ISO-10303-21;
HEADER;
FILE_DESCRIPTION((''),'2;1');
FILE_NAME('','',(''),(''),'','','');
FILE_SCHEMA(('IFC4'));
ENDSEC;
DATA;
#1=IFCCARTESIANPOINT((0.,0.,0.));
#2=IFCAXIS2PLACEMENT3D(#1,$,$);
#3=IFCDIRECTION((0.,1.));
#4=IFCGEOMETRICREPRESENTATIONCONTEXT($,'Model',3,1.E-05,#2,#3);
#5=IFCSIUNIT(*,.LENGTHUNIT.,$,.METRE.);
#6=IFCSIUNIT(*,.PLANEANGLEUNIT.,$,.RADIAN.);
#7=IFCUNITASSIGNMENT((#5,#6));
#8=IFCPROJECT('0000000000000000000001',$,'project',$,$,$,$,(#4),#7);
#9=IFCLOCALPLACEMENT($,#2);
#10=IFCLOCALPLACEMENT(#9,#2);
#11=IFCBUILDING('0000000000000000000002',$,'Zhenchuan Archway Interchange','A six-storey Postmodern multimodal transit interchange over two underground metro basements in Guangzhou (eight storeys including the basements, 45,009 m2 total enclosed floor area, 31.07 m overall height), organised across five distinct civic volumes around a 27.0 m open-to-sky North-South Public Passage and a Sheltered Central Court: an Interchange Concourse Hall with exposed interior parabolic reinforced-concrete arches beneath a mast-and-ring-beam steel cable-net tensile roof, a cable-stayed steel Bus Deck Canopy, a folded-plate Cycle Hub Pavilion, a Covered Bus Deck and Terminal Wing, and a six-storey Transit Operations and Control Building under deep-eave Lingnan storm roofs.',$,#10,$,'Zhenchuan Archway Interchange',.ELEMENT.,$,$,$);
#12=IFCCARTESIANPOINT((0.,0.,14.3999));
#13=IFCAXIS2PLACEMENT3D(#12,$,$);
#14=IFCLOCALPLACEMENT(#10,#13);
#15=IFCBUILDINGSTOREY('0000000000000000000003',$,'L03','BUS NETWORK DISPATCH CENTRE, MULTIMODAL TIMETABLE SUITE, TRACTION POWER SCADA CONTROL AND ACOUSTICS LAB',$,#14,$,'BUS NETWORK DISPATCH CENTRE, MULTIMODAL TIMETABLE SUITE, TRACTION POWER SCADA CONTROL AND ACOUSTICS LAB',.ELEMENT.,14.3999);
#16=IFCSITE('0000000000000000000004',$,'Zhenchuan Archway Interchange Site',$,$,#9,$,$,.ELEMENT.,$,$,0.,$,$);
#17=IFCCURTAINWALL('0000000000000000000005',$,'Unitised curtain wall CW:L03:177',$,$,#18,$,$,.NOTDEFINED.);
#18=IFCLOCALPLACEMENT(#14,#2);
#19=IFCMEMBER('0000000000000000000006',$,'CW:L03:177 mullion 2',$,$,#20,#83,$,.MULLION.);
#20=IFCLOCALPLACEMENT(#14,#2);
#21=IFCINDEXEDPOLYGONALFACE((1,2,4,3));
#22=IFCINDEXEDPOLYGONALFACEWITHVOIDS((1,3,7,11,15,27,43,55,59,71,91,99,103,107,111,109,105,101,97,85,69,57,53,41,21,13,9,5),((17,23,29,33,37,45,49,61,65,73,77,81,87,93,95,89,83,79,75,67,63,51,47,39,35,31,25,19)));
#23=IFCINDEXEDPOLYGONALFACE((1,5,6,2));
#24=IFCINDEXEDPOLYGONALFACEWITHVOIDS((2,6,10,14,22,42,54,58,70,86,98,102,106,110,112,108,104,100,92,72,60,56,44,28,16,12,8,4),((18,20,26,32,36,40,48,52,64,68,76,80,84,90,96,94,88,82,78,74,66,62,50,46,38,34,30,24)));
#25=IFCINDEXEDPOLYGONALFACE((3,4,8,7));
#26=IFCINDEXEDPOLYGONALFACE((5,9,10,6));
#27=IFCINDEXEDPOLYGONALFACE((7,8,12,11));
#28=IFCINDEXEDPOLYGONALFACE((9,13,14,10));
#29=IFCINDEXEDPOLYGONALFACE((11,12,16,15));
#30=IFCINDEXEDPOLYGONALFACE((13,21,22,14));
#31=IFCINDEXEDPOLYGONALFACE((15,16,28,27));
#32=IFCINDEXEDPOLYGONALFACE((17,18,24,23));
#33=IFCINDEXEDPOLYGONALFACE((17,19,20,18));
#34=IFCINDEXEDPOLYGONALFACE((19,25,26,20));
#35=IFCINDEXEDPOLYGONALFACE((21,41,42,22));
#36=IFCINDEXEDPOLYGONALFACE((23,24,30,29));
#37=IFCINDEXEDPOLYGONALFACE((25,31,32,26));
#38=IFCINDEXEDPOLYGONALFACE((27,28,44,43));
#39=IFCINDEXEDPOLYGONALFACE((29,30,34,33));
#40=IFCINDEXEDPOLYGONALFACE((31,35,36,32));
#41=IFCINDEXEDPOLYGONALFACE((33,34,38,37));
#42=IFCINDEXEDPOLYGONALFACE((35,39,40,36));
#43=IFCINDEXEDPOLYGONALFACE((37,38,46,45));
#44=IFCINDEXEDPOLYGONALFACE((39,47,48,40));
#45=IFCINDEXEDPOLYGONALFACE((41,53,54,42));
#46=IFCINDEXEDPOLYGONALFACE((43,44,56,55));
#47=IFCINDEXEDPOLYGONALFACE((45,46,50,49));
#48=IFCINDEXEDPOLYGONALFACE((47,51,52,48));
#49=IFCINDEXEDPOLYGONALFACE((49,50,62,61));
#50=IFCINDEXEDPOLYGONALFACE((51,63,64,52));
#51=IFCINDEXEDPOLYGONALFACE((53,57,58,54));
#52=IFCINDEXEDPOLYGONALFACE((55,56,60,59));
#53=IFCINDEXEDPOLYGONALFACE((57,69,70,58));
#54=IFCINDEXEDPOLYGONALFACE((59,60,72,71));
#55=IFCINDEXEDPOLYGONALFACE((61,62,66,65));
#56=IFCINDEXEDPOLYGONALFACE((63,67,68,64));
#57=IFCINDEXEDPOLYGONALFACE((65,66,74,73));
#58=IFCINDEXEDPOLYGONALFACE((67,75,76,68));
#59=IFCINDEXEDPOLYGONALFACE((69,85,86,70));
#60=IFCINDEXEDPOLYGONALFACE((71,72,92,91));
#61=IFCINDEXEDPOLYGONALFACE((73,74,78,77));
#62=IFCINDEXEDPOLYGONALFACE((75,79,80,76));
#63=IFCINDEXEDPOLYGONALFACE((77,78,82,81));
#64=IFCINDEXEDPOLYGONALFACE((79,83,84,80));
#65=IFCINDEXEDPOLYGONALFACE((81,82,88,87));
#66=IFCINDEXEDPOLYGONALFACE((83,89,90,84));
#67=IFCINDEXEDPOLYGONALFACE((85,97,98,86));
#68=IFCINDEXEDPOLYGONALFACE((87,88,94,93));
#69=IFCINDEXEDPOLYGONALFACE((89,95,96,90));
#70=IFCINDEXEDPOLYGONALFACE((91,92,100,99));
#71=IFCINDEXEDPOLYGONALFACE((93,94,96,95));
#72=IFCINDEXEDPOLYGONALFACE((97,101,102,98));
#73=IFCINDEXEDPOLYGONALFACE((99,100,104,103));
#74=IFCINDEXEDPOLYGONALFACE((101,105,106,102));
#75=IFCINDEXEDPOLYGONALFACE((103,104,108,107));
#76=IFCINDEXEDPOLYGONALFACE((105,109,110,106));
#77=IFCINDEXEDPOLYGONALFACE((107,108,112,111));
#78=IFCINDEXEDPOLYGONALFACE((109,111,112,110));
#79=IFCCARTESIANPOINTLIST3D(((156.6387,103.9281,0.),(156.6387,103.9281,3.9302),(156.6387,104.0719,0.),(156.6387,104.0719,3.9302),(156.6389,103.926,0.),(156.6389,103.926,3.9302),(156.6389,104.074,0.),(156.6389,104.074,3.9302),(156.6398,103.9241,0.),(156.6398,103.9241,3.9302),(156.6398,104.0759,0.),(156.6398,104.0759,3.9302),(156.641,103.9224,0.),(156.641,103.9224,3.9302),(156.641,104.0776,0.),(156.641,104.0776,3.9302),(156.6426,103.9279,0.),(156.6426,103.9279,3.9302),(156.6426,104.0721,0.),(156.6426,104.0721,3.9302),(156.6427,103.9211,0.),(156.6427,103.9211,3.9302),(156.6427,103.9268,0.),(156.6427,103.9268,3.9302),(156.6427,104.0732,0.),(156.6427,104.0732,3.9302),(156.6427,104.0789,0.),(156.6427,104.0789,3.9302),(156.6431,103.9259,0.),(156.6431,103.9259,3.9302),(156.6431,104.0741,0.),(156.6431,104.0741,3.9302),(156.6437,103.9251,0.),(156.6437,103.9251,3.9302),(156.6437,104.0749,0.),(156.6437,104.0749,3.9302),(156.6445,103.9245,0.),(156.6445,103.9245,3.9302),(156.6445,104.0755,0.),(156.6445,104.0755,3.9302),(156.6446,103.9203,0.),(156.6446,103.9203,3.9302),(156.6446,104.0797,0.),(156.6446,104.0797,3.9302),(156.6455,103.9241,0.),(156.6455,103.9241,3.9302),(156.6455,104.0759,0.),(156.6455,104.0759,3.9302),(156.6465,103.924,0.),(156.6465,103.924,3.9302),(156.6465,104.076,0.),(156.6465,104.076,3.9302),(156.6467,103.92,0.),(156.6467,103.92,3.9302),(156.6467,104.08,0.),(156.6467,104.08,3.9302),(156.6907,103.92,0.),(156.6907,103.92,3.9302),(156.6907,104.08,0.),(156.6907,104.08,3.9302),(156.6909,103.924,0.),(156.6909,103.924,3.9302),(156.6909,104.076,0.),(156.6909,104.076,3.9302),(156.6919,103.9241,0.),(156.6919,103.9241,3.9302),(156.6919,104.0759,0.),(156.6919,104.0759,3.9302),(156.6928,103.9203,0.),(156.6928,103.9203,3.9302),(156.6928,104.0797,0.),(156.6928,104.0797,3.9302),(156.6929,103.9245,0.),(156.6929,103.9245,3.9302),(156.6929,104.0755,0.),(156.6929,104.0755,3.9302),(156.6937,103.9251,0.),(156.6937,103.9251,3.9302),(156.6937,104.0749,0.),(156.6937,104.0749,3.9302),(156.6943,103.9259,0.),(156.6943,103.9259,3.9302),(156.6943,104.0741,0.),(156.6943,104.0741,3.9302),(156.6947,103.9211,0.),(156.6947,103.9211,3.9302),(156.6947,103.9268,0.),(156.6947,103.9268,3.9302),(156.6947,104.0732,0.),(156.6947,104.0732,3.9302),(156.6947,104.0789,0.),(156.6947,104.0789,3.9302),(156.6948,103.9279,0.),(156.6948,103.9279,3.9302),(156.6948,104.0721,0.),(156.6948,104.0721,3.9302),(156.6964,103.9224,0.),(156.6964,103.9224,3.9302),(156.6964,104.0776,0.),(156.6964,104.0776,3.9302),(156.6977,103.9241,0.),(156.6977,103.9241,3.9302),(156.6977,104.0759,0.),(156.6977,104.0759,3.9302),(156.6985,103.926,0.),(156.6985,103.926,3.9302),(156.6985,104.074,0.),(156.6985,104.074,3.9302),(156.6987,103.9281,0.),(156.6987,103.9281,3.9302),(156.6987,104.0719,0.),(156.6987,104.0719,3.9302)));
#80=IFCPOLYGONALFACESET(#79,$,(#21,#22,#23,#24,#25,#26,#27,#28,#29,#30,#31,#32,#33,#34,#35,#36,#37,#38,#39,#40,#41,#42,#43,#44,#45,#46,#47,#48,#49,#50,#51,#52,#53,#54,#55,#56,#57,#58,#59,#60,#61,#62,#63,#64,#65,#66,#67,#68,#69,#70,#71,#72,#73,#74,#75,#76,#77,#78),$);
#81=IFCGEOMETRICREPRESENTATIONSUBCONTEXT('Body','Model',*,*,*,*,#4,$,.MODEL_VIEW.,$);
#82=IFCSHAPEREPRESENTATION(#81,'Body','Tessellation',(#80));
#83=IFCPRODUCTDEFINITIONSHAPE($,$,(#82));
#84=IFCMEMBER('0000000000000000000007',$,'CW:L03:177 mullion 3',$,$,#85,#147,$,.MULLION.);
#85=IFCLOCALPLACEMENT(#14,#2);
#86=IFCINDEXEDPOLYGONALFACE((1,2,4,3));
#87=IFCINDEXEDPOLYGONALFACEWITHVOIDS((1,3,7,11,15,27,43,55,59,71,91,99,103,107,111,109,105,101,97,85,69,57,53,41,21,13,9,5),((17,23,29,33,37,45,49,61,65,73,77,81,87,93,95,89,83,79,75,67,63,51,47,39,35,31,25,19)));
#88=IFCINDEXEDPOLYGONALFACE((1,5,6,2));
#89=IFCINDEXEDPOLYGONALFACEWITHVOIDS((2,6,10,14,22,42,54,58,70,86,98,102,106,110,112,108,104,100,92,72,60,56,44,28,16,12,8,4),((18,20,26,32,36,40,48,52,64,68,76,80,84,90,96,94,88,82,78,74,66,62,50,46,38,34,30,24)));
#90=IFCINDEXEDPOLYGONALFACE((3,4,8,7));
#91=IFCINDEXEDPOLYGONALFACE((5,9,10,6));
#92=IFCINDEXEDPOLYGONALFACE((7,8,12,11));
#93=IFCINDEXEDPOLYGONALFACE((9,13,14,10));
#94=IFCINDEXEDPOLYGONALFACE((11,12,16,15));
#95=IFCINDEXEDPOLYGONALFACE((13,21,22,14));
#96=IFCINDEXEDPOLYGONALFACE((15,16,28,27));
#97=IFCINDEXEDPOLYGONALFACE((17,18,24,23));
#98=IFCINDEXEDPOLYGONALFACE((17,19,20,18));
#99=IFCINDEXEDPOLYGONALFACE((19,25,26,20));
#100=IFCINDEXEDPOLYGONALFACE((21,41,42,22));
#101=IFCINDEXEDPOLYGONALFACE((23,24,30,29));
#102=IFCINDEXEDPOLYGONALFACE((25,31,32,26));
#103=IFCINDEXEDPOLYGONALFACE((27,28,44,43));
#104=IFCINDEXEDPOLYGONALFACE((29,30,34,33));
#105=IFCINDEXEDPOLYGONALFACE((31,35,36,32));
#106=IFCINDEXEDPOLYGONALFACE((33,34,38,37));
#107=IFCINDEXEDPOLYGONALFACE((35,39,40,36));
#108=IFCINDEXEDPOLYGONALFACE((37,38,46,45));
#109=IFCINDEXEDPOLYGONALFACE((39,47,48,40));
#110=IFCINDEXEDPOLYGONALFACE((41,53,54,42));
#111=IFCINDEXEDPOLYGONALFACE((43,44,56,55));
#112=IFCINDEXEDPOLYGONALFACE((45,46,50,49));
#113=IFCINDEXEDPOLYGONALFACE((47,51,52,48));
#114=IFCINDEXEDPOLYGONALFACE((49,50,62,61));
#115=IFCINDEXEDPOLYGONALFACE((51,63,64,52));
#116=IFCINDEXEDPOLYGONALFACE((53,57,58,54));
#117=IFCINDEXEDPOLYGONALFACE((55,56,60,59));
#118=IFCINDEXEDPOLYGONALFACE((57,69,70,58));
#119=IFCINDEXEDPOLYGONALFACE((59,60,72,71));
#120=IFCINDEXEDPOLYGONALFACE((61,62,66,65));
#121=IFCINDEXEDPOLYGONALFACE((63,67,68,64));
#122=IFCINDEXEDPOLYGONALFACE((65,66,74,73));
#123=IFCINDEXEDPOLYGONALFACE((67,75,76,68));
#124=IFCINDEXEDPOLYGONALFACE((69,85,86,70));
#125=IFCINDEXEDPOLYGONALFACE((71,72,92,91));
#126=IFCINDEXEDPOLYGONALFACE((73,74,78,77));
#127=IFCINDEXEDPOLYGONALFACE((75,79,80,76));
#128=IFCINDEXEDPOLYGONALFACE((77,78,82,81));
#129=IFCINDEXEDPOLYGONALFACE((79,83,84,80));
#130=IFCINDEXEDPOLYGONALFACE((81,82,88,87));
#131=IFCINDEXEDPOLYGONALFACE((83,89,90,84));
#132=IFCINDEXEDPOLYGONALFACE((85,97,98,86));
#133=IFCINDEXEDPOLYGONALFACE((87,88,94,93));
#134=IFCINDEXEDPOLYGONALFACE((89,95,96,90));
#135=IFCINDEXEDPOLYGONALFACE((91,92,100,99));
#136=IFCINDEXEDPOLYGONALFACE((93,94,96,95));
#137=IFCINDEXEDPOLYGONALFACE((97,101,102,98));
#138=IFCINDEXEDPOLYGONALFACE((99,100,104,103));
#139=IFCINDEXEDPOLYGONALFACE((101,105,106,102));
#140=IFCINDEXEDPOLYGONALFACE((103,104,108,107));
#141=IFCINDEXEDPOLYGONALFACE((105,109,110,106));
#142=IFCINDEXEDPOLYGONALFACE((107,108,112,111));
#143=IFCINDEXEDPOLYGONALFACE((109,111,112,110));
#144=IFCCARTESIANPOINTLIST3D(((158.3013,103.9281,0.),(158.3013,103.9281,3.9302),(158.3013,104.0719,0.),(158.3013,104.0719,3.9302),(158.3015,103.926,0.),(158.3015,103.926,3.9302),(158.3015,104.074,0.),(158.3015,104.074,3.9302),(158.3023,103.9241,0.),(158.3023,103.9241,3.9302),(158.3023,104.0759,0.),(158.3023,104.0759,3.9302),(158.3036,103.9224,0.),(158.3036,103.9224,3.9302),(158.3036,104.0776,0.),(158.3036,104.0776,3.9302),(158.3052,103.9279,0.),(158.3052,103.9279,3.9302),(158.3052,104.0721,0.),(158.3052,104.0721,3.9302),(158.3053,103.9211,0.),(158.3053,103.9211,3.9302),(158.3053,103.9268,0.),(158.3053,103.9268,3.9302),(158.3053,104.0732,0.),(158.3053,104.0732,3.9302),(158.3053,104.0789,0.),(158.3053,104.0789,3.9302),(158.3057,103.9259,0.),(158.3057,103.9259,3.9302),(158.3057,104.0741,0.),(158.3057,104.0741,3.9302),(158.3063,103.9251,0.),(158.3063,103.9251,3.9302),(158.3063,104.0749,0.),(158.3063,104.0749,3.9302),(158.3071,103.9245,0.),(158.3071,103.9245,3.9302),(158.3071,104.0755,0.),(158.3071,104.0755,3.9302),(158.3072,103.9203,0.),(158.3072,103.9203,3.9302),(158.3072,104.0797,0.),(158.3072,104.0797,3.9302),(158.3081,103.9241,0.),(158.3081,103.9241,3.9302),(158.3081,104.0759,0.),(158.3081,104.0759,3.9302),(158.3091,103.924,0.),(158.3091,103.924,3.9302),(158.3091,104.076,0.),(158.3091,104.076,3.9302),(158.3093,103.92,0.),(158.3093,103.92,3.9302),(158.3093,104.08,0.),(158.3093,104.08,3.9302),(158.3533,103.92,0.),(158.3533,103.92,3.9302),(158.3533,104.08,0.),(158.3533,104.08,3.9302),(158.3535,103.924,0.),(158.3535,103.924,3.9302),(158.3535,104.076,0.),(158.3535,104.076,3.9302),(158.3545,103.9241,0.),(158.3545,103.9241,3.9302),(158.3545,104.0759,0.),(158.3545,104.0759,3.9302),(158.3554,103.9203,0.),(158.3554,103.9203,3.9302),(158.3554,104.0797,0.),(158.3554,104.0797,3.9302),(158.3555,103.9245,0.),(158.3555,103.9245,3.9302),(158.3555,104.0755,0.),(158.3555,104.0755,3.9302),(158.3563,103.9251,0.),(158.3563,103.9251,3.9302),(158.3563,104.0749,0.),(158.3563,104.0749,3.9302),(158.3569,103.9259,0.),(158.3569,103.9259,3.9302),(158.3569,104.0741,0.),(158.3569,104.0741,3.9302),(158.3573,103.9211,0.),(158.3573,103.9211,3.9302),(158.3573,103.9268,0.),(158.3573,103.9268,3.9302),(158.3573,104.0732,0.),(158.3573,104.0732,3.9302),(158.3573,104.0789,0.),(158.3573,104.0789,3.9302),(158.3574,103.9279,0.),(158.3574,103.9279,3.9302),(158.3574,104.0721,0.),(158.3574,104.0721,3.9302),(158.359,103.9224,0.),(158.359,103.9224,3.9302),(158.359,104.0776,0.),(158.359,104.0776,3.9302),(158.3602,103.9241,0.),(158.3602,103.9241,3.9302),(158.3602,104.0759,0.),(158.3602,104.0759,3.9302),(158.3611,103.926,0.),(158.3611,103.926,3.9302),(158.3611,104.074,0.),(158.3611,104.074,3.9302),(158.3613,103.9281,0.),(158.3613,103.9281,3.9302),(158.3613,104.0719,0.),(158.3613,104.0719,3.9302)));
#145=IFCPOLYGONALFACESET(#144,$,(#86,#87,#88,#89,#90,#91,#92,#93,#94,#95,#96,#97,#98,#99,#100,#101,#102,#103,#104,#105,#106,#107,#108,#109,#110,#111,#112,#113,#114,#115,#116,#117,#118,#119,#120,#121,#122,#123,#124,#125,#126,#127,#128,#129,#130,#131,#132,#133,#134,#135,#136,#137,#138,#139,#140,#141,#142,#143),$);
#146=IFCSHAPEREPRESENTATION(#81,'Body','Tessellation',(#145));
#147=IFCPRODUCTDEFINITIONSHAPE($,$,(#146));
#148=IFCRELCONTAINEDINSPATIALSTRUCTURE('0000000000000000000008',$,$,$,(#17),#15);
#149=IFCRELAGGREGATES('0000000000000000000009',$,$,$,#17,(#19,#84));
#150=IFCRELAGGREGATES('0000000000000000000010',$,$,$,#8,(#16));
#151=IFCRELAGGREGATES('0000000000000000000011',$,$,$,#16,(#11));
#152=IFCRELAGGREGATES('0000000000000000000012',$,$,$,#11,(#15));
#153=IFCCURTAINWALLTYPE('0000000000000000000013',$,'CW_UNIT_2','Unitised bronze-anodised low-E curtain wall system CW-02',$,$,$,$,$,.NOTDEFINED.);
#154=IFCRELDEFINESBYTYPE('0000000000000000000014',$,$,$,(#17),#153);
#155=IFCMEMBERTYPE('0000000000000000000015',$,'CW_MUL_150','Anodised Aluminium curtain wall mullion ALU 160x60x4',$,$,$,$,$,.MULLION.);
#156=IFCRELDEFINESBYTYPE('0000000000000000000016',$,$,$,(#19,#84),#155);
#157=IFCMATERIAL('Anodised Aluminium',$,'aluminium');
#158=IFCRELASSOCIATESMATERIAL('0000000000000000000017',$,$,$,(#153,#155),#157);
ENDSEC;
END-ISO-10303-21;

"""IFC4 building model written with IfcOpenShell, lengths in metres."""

from ifc_helpers import new_model, si_unit, direction, frame, origin, origin_2d, place, context, subcontext, project, spatial, hollow_rectangle, extrude, material, material_profile, profile_set, type_object, element, aggregate, save


model = new_model("IFC4")

# Units and contexts
model_context = context("Model", 3, precision=1e-05, world=origin(), true_north=direction((0.0, 1.0)))
body_context = subcontext(model_context, "Body", "Model", "MODEL_VIEW")
ifc_project = project(units=[si_unit("LENGTHUNIT", "METRE"), si_unit("PLANEANGLEUNIT", "RADIAN")], contexts=[model_context])

# Site, building, storey
site_placement = place(None, origin())
site = spatial("IfcSite", under=ifc_project, at=site_placement, Name="Zhenchuan Archway Interchange Site", CompositionType="ELEMENT", RefElevation=0.0)
building_placement = place(site_placement, origin())
building = spatial("IfcBuilding", under=site, at=building_placement, Name="Zhenchuan Archway Interchange", Description="A six-storey Postmodern multimodal transit interchange over two underground metro basements in Guangzhou (eight storeys including the basements, 45,009 m2 total enclosed floor area, 31.07 m overall height), organised across five distinct civic volumes around a 27.0 m open-to-sky North-South Public Passage and a Sheltered Central Court: an Interchange Concourse Hall with exposed interior parabolic reinforced-concrete arches beneath a mast-and-ring-beam steel cable-net tensile roof, a cable-stayed steel Bus Deck Canopy, a folded-plate Cycle Hub Pavilion, a Covered Bus Deck and Terminal Wing, and a six-storey Transit Operations and Control Building under deep-eave Lingnan storm roofs.", LongName="Zhenchuan Archway Interchange", CompositionType="ELEMENT")
storey_placement = place(building_placement, frame((0.0, 0.0, 14.3999)))
storey = spatial("IfcBuildingStorey", under=building, at=storey_placement, Name="L03", Description="BUS NETWORK DISPATCH CENTRE, MULTIMODAL TIMETABLE SUITE, TRACTION POWER SCADA CONTROL AND ACOUSTICS LAB", LongName="BUS NETWORK DISPATCH CENTRE, MULTIMODAL TIMETABLE SUITE, TRACTION POWER SCADA CONTROL AND ACOUSTICS LAB", CompositionType="ELEMENT", Elevation=14.3999)

# Curtain wall, members
ifc_material_1 = material(Name="Anodised Aluminium", Category="aluminium")
curtain_wall_type = type_object("IfcCurtainWallType", Name="CW_UNIT_2", Description="Unitised bronze-anodised low-E curtain wall system CW-02", PredefinedType="NOTDEFINED", material=ifc_material_1)
curtain_wall_placement = place(storey_placement, origin())
curtain_wall = element("IfcCurtainWall", 1, at=curtain_wall_placement, inside=storey, type_object=curtain_wall_type, Name="Unitised curtain wall CW:L03:177", PredefinedType="NOTDEFINED")
ifc_material_profile_1 = material_profile(ifc_material_1, hollow_rectangle(XDim=0.0601, YDim=0.1599, WallThickness=0.0039, InnerFilletRadius=0.0039, OuterFilletRadius=0.0081, at=origin_2d()), Name="ALU 160x60x4")
ifc_profile_set_1 = profile_set([ifc_material_profile_1], Name="Anodised Aluminium")
member_type_1 = type_object("IfcMemberType", Name="CW_MUL_150", Description="Anodised Aluminium curtain wall mullion ALU 160x60x4", PredefinedType="MULLION", material=ifc_profile_set_1)
member_1_placement = place(storey_placement, frame((156.6687, 104.0, 0.0), z_axis=(0.0, 0.0, 1.0), x_axis=(1.0, 0.0, 0.0)))
member_1 = element("IfcMember", 2, at=member_1_placement, type_object=member_type_1, Name="CW:L03:177 mullion 2", PredefinedType="MULLION", context=body_context, shape_type="SweptSolid", body=[
    extrude(hollow_rectangle(XDim=0.0601, YDim=0.1599, WallThickness=0.0039, InnerFilletRadius=0.0039, OuterFilletRadius=0.0081, at=origin_2d()), origin(), (0.0, 0.0, 1.0), 3.9302),
])
member_2_placement = place(storey_placement, frame((158.3313, 104.0, 0.0), z_axis=(0.0, 0.0, 1.0), x_axis=(1.0, 0.0, 0.0)))
member_2 = element("IfcMember", 3, at=member_2_placement, type_object=member_type_1, Name="CW:L03:177 mullion 3", PredefinedType="MULLION", context=body_context, shape_type="SweptSolid", body=[
    extrude(hollow_rectangle(XDim=0.0601, YDim=0.1599, WallThickness=0.0039, InnerFilletRadius=0.0039, OuterFilletRadius=0.0081, at=origin_2d()), origin(), (0.0, 0.0, 1.0), 3.9302),
])

aggregate(curtain_wall, [member_1, member_2])

save(model, "model.ifc")
